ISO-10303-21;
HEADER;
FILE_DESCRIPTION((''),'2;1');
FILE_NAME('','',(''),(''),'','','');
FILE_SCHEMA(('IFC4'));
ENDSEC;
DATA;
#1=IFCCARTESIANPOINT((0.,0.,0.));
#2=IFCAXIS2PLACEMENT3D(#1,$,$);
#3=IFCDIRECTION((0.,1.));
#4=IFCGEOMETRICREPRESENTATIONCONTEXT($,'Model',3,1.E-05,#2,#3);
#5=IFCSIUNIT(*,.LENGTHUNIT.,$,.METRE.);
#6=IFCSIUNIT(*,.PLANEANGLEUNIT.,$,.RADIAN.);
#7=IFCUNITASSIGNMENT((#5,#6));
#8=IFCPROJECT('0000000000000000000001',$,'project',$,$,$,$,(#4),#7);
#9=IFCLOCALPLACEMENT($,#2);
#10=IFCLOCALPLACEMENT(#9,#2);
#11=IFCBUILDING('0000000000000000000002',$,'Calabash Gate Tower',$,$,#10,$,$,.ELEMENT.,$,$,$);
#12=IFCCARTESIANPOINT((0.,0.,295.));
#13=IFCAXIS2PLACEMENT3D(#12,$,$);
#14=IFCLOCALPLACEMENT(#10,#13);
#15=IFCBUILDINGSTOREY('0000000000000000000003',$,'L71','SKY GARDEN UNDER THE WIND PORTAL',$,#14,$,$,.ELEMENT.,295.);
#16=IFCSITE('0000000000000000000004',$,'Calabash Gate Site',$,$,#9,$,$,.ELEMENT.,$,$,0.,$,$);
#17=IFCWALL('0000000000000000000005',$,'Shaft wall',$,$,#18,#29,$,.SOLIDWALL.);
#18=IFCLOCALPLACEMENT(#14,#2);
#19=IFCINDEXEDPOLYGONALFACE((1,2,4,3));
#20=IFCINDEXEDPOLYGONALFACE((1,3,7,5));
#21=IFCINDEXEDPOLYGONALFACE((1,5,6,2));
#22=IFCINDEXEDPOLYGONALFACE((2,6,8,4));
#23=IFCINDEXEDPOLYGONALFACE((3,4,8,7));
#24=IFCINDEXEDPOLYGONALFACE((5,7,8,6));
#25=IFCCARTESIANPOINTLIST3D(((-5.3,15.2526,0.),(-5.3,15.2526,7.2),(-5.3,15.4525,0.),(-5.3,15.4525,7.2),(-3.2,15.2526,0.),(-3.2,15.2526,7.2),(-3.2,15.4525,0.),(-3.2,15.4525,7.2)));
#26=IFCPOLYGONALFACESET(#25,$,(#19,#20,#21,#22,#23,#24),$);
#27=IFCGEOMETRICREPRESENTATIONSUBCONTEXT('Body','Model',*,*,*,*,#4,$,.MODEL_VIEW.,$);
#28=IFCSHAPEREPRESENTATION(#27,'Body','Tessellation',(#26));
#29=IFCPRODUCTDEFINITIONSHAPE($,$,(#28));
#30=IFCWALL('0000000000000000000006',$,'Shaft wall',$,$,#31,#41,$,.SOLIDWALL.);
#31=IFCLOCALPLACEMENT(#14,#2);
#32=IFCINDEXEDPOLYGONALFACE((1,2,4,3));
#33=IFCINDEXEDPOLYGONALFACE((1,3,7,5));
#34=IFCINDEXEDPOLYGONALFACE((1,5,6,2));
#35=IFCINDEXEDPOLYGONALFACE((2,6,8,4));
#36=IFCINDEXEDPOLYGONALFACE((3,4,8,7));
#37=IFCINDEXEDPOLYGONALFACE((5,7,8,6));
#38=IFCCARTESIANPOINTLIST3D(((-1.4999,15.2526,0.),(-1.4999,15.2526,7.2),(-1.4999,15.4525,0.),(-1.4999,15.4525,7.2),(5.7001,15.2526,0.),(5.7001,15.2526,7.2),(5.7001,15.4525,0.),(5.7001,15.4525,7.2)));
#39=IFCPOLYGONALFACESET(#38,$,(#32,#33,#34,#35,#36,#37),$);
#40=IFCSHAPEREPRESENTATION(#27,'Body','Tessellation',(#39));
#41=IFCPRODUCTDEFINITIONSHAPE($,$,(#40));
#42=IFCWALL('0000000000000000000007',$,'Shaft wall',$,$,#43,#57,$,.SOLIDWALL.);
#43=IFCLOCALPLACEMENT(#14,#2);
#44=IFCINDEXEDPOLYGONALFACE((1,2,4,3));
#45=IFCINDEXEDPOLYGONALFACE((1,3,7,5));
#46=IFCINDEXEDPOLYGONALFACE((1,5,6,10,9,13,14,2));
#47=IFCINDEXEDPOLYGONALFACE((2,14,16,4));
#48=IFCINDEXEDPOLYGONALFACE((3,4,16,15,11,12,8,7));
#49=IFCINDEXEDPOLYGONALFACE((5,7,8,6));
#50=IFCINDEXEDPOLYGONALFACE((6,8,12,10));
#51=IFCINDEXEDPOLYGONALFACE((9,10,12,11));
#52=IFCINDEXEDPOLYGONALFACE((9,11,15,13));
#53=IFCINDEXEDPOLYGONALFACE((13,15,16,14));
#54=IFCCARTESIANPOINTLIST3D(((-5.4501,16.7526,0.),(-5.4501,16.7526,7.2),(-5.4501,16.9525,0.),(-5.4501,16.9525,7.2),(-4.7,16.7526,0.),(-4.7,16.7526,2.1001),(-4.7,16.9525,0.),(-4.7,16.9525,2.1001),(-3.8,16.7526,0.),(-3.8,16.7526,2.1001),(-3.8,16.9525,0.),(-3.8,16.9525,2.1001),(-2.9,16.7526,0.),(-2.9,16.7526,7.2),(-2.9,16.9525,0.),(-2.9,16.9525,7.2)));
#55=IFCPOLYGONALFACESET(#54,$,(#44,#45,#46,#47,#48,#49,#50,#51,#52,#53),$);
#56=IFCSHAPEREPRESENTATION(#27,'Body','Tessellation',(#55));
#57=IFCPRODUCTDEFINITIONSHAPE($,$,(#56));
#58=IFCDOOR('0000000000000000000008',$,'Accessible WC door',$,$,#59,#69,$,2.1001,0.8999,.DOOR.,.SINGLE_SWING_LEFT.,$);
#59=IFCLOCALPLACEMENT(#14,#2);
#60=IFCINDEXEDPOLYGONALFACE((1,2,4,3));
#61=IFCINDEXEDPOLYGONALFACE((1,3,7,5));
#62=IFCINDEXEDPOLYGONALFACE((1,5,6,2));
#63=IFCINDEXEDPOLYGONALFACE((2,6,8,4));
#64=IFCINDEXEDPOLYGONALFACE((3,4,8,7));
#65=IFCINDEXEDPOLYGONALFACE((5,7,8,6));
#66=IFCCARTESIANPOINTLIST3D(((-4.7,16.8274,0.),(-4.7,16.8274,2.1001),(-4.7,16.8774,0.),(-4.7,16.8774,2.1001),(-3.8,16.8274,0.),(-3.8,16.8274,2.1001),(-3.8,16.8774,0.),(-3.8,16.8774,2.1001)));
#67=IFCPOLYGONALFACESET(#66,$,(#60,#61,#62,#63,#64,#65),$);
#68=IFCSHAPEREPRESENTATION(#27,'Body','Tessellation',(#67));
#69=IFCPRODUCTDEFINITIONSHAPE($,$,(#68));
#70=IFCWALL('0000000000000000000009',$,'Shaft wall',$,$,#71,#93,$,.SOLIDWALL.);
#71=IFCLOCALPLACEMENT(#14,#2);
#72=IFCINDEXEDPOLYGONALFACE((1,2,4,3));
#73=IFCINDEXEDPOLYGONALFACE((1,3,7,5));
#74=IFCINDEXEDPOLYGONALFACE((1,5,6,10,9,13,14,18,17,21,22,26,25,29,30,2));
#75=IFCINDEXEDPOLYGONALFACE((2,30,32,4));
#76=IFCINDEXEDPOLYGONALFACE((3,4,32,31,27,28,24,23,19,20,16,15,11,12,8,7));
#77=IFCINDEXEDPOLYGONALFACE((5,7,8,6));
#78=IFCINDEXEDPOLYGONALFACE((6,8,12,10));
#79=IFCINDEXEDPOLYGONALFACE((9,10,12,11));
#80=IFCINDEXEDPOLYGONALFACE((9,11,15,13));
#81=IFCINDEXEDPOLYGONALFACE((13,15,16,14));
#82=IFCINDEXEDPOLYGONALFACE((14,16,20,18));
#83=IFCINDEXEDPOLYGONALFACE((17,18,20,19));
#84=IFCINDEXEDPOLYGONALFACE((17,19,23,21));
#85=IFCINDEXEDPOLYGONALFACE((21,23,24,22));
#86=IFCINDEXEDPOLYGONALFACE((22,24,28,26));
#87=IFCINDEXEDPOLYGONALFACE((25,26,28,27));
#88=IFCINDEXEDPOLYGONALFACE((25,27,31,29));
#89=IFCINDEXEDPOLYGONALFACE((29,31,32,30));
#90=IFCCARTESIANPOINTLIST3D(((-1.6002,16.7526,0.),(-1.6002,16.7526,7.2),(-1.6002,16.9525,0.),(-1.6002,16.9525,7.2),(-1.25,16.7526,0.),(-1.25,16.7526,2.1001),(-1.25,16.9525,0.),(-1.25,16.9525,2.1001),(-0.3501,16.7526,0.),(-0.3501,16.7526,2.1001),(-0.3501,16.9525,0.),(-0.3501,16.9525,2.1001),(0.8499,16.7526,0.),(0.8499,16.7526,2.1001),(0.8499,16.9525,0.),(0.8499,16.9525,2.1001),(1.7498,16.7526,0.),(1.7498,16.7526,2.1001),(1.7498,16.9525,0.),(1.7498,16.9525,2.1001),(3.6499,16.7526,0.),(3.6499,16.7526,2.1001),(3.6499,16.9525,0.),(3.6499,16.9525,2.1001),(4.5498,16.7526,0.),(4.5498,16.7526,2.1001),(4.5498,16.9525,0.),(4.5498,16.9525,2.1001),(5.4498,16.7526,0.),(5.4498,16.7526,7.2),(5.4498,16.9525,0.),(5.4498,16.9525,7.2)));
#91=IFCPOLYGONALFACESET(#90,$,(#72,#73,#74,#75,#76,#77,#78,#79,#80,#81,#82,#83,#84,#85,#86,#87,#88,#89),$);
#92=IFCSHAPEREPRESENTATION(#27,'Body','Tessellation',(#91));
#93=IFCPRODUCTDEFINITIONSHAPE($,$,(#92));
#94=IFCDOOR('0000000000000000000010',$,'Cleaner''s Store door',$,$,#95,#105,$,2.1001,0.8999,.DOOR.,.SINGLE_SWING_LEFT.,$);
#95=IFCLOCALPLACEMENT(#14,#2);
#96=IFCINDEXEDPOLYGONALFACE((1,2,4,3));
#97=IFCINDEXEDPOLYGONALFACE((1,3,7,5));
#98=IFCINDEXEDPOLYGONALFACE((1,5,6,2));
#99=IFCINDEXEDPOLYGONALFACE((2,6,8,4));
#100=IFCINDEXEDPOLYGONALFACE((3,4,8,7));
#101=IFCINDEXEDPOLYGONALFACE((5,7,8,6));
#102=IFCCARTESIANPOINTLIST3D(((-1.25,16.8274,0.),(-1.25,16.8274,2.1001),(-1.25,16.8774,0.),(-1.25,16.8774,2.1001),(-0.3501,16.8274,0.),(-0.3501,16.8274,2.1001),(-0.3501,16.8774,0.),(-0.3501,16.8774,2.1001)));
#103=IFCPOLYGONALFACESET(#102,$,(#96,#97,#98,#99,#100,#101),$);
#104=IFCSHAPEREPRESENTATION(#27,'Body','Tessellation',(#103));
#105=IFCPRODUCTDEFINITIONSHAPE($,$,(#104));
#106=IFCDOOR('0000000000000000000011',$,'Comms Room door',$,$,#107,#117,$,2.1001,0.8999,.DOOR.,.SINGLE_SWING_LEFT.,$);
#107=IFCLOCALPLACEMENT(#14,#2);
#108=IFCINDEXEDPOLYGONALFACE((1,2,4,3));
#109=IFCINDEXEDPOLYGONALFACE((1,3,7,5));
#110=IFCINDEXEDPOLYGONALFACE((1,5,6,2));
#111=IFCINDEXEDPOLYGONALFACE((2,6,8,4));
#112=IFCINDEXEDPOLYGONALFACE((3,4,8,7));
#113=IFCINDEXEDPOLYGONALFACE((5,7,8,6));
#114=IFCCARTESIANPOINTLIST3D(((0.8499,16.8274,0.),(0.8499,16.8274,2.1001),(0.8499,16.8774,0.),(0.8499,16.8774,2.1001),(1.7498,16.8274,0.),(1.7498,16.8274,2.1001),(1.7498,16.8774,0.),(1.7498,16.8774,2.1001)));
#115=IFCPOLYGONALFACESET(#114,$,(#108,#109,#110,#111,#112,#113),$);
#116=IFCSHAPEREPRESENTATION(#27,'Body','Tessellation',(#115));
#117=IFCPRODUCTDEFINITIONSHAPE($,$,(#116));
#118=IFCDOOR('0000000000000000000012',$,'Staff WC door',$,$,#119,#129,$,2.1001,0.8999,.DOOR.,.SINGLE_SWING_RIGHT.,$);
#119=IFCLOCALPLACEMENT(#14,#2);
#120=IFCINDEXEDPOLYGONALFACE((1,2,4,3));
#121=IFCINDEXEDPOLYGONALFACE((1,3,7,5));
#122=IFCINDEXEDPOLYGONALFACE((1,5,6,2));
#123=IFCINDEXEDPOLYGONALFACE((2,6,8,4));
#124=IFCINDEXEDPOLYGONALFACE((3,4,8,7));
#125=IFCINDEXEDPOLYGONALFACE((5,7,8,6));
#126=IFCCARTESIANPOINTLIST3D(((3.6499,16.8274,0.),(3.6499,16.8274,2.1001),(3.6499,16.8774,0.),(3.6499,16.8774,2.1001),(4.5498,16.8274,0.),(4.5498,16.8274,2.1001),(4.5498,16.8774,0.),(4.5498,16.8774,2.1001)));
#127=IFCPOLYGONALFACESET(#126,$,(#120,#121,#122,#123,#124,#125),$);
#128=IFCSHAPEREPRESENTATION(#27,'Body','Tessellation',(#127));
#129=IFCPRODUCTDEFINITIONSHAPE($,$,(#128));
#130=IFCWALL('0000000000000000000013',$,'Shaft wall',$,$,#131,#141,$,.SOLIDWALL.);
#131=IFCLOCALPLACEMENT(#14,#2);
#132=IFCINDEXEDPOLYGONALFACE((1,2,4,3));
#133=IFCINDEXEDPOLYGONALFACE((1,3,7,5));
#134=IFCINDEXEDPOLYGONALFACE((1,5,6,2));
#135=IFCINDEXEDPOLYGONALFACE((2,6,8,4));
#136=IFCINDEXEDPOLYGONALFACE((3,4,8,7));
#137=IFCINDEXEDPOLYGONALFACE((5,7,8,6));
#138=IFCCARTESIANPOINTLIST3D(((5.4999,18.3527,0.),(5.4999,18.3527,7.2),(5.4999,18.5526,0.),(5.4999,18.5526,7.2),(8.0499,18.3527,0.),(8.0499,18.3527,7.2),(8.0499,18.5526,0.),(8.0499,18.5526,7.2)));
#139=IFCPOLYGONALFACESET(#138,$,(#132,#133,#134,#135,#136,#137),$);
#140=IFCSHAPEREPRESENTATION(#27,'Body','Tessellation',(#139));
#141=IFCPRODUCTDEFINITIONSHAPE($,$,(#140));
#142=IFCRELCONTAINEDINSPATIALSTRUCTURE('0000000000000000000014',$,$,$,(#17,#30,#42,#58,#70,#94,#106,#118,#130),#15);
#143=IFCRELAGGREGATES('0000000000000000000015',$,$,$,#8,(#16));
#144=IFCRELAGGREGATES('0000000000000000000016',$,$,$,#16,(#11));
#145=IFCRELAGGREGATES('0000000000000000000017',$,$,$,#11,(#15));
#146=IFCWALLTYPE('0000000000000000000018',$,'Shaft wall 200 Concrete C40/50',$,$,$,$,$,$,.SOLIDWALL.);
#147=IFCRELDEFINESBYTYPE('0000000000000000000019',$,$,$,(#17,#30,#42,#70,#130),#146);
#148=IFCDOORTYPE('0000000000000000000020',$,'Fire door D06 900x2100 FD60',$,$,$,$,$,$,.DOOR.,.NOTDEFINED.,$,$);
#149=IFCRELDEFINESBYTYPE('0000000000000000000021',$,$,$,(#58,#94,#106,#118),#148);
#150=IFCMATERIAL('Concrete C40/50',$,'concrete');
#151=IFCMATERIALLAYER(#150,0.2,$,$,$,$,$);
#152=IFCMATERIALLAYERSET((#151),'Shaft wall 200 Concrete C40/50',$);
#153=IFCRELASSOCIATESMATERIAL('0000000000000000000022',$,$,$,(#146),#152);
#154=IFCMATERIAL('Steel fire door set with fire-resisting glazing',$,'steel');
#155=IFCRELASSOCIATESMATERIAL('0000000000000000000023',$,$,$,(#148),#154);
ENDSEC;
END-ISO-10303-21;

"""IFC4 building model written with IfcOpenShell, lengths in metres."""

from ifc_helpers import new_model, si_unit, direction, frame, frame_2d, origin, place, context, subcontext, project, spatial, rectangle, extrude, material, layer, layer_set, type_object, element, fill, save


model = new_model("IFC4")

# Units and contexts
model_context = context("Model", 3, precision=1e-05, world=origin(), true_north=direction((0.0, 1.0)))
body_context = subcontext(model_context, "Body", "Model", "MODEL_VIEW")
ifc_project = project(units=[si_unit("LENGTHUNIT", "METRE"), si_unit("PLANEANGLEUNIT", "RADIAN")], contexts=[model_context])

# Site, building, storey
site_placement = place(None, origin())
site = spatial("IfcSite", under=ifc_project, at=site_placement, Name="Calabash Gate Site", CompositionType="ELEMENT", RefElevation=0.0)
building_placement = place(site_placement, origin())
building = spatial("IfcBuilding", under=site, at=building_placement, Name="Calabash Gate Tower", CompositionType="ELEMENT")
storey_placement = place(building_placement, frame((0.0, 0.0, 295.0)))
storey = spatial("IfcBuildingStorey", under=building, at=storey_placement, Name="L71", Description="SKY GARDEN UNDER THE WIND PORTAL", CompositionType="ELEMENT", Elevation=295.0)

# Shared definitions
ifc_material_1 = material(Name="Concrete C40/50", Category="concrete")
ifc_layer_1 = layer(ifc_material_1, 0.2)
ifc_layer_set_1 = layer_set([ifc_layer_1], Name="Shaft wall 200 Concrete C40/50")
wall_type_1 = type_object("IfcWallType", Name="Shaft wall 200 Concrete C40/50", PredefinedType="SOLIDWALL", material=ifc_layer_set_1)

# Walls
wall_1_placement = place(storey_placement, frame((-5.3, 15.3525, 0.0), z_axis=(0.0, 0.0, 1.0), x_axis=(1.0, 0.0, 0.0)))
element("IfcWall", 1, at=wall_1_placement, inside=storey, type_object=wall_type_1, Name="Shaft wall", PredefinedType="SOLIDWALL", context=body_context, shape_type="SweptSolid", body=[
    extrude(rectangle(XDim=2.1001, YDim=0.2, at=frame_2d((1.05, 0.0))), origin(), (0.0, 0.0, 1.0), 7.2),
])
wall_2_placement = place(storey_placement, frame((-1.5, 15.3525, 0.0), z_axis=(0.0, 0.0, 1.0), x_axis=(1.0, 0.0, 0.0)))
element("IfcWall", 2, at=wall_2_placement, inside=storey, type_object=wall_type_1, Name="Shaft wall", PredefinedType="SOLIDWALL", context=body_context, shape_type="SweptSolid", body=[
    extrude(rectangle(XDim=7.2, YDim=0.2, at=frame_2d((3.6001, 0.0))), origin(), (0.0, 0.0, 1.0), 7.2),
])

# Wall, opening, door
wall_3_placement = place(storey_placement, frame((-5.45, 16.8525, 0.0), z_axis=(0.0, 0.0, 1.0), x_axis=(1.0, 0.0, 0.0)))
wall_3 = element("IfcWall", 3, at=wall_3_placement, inside=storey, type_object=wall_type_1, Name="Shaft wall", PredefinedType="SOLIDWALL", context=body_context, shape_type="SweptSolid", body=[
    extrude(rectangle(XDim=2.55, YDim=0.2, at=frame_2d((1.2749, 0.0))), origin(), (0.0, 0.0, 1.0), 7.2),
])
opening_1_placement = place(wall_3_placement, frame((0.75, 0.0, 0.0)))
opening_1 = element("IfcOpeningElement", 4, at=opening_1_placement, cuts=wall_3, PredefinedType="OPENING", context=body_context, shape_type="SweptSolid", body=[
    extrude(rectangle(XDim=0.8999, YDim=2.1001, at=frame_2d((0.45, 1.05))), frame((0.0, 0.1099, 0.0), z_axis=(0.0, -1.0, 0.0), x_axis=(1.0, 0.0, 0.0)), (0.0, 0.0, 1.0), 0.22),
])
ifc_material_2 = material(Name="Steel fire door set with fire-resisting glazing", Category="steel")
door_type_1 = type_object("IfcDoorType", Name="Fire door D06 900x2100 FD60", OperationType="NOTDEFINED", PredefinedType="DOOR", material=ifc_material_2)
door_1_placement = place(opening_1_placement, origin())
door_1 = element("IfcDoor", 5, at=door_1_placement, inside=storey, type_object=door_type_1, Name="Accessible WC door", OperationType="SINGLE_SWING_LEFT", OverallHeight=2.1001, OverallWidth=0.8999, PredefinedType="DOOR", context=body_context, shape_type="SweptSolid", body=[
    extrude(rectangle(XDim=0.8999, YDim=2.1001, at=frame_2d((0.45, 1.05))), frame((0.0, 0.0249, 0.0), z_axis=(0.0, -1.0, 0.0), x_axis=(1.0, 0.0, 0.0)), (0.0, 0.0, 1.0), 0.05),
])
fill(opening_1, door_1)

# Wall, openings, doors
wall_4_placement = place(storey_placement, frame((-1.6001, 16.8525, 0.0), z_axis=(0.0, 0.0, 1.0), x_axis=(1.0, 0.0, 0.0)))
wall_4 = element("IfcWall", 6, at=wall_4_placement, inside=storey, type_object=wall_type_1, Name="Shaft wall", PredefinedType="SOLIDWALL", context=body_context, shape_type="SweptSolid", body=[
    extrude(rectangle(XDim=7.05, YDim=0.2, at=frame_2d((3.5249, 0.0))), origin(), (0.0, 0.0, 1.0), 7.2),
])
opening_2_placement = place(wall_4_placement, frame((0.3501, 0.0, 0.0)))
opening_2 = element("IfcOpeningElement", 7, at=opening_2_placement, cuts=wall_4, PredefinedType="OPENING", context=body_context, shape_type="SweptSolid", body=[
    extrude(rectangle(XDim=0.8999, YDim=2.1001, at=frame_2d((0.45, 1.05))), frame((0.0, 0.1099, 0.0), z_axis=(0.0, -1.0, 0.0), x_axis=(1.0, 0.0, 0.0)), (0.0, 0.0, 1.0), 0.22),
])
opening_3_placement = place(wall_4_placement, frame((2.45, 0.0, 0.0)))
opening_3 = element("IfcOpeningElement", 8, at=opening_3_placement, cuts=wall_4, PredefinedType="OPENING", context=body_context, shape_type="SweptSolid", body=[
    extrude(rectangle(XDim=0.8999, YDim=2.1001, at=frame_2d((0.45, 1.05))), frame((0.0, 0.1099, 0.0), z_axis=(0.0, -1.0, 0.0), x_axis=(1.0, 0.0, 0.0)), (0.0, 0.0, 1.0), 0.22),
])
opening_4_placement = place(wall_4_placement, frame((5.25, 0.0, 0.0)))
opening_4 = element("IfcOpeningElement", 9, at=opening_4_placement, cuts=wall_4, PredefinedType="OPENING", context=body_context, shape_type="SweptSolid", body=[
    extrude(rectangle(XDim=0.8999, YDim=2.1001, at=frame_2d((0.45, 1.05))), frame((0.0, 0.1099, 0.0), z_axis=(0.0, -1.0, 0.0), x_axis=(1.0, 0.0, 0.0)), (0.0, 0.0, 1.0), 0.22),
])
door_2_placement = place(opening_2_placement, origin())
door_2 = element("IfcDoor", 10, at=door_2_placement, inside=storey, type_object=door_type_1, Name="Cleaner's Store door", OperationType="SINGLE_SWING_LEFT", OverallHeight=2.1001, OverallWidth=0.8999, PredefinedType="DOOR", context=body_context, shape_type="SweptSolid", body=[
    extrude(rectangle(XDim=0.8999, YDim=2.1001, at=frame_2d((0.45, 1.05))), frame((0.0, 0.0249, 0.0), z_axis=(0.0, -1.0, 0.0), x_axis=(1.0, 0.0, 0.0)), (0.0, 0.0, 1.0), 0.05),
])
fill(opening_2, door_2)
door_3_placement = place(opening_3_placement, origin())
door_3 = element("IfcDoor", 11, at=door_3_placement, inside=storey, type_object=door_type_1, Name="Comms Room door", OperationType="SINGLE_SWING_LEFT", OverallHeight=2.1001, OverallWidth=0.8999, PredefinedType="DOOR", context=body_context, shape_type="SweptSolid", body=[
    extrude(rectangle(XDim=0.8999, YDim=2.1001, at=frame_2d((0.45, 1.05))), frame((0.0, 0.0249, 0.0), z_axis=(0.0, -1.0, 0.0), x_axis=(1.0, 0.0, 0.0)), (0.0, 0.0, 1.0), 0.05),
])
fill(opening_3, door_3)
door_4_placement = place(opening_4_placement, origin())
door_4 = element("IfcDoor", 12, at=door_4_placement, inside=storey, type_object=door_type_1, Name="Staff WC door", OperationType="SINGLE_SWING_RIGHT", OverallHeight=2.1001, OverallWidth=0.8999, PredefinedType="DOOR", context=body_context, shape_type="SweptSolid", body=[
    extrude(rectangle(XDim=0.8999, YDim=2.1001, at=frame_2d((0.45, 1.05))), frame((0.0, 0.0249, 0.0), z_axis=(0.0, -1.0, 0.0), x_axis=(1.0, 0.0, 0.0)), (0.0, 0.0, 1.0), 0.05),
])
fill(opening_4, door_4)

# Wall
wall_5_placement = place(storey_placement, frame((5.5, 18.4526, 0.0), z_axis=(0.0, 0.0, 1.0), x_axis=(1.0, 0.0, 0.0)))
element("IfcWall", 13, at=wall_5_placement, inside=storey, type_object=wall_type_1, Name="Shaft wall", PredefinedType="SOLIDWALL", context=body_context, shape_type="SweptSolid", body=[
    extrude(rectangle(XDim=2.55, YDim=0.2, at=frame_2d((1.2749, 0.0))), origin(), (0.0, 0.0, 1.0), 7.2),
])

save(model, "model.ifc")
